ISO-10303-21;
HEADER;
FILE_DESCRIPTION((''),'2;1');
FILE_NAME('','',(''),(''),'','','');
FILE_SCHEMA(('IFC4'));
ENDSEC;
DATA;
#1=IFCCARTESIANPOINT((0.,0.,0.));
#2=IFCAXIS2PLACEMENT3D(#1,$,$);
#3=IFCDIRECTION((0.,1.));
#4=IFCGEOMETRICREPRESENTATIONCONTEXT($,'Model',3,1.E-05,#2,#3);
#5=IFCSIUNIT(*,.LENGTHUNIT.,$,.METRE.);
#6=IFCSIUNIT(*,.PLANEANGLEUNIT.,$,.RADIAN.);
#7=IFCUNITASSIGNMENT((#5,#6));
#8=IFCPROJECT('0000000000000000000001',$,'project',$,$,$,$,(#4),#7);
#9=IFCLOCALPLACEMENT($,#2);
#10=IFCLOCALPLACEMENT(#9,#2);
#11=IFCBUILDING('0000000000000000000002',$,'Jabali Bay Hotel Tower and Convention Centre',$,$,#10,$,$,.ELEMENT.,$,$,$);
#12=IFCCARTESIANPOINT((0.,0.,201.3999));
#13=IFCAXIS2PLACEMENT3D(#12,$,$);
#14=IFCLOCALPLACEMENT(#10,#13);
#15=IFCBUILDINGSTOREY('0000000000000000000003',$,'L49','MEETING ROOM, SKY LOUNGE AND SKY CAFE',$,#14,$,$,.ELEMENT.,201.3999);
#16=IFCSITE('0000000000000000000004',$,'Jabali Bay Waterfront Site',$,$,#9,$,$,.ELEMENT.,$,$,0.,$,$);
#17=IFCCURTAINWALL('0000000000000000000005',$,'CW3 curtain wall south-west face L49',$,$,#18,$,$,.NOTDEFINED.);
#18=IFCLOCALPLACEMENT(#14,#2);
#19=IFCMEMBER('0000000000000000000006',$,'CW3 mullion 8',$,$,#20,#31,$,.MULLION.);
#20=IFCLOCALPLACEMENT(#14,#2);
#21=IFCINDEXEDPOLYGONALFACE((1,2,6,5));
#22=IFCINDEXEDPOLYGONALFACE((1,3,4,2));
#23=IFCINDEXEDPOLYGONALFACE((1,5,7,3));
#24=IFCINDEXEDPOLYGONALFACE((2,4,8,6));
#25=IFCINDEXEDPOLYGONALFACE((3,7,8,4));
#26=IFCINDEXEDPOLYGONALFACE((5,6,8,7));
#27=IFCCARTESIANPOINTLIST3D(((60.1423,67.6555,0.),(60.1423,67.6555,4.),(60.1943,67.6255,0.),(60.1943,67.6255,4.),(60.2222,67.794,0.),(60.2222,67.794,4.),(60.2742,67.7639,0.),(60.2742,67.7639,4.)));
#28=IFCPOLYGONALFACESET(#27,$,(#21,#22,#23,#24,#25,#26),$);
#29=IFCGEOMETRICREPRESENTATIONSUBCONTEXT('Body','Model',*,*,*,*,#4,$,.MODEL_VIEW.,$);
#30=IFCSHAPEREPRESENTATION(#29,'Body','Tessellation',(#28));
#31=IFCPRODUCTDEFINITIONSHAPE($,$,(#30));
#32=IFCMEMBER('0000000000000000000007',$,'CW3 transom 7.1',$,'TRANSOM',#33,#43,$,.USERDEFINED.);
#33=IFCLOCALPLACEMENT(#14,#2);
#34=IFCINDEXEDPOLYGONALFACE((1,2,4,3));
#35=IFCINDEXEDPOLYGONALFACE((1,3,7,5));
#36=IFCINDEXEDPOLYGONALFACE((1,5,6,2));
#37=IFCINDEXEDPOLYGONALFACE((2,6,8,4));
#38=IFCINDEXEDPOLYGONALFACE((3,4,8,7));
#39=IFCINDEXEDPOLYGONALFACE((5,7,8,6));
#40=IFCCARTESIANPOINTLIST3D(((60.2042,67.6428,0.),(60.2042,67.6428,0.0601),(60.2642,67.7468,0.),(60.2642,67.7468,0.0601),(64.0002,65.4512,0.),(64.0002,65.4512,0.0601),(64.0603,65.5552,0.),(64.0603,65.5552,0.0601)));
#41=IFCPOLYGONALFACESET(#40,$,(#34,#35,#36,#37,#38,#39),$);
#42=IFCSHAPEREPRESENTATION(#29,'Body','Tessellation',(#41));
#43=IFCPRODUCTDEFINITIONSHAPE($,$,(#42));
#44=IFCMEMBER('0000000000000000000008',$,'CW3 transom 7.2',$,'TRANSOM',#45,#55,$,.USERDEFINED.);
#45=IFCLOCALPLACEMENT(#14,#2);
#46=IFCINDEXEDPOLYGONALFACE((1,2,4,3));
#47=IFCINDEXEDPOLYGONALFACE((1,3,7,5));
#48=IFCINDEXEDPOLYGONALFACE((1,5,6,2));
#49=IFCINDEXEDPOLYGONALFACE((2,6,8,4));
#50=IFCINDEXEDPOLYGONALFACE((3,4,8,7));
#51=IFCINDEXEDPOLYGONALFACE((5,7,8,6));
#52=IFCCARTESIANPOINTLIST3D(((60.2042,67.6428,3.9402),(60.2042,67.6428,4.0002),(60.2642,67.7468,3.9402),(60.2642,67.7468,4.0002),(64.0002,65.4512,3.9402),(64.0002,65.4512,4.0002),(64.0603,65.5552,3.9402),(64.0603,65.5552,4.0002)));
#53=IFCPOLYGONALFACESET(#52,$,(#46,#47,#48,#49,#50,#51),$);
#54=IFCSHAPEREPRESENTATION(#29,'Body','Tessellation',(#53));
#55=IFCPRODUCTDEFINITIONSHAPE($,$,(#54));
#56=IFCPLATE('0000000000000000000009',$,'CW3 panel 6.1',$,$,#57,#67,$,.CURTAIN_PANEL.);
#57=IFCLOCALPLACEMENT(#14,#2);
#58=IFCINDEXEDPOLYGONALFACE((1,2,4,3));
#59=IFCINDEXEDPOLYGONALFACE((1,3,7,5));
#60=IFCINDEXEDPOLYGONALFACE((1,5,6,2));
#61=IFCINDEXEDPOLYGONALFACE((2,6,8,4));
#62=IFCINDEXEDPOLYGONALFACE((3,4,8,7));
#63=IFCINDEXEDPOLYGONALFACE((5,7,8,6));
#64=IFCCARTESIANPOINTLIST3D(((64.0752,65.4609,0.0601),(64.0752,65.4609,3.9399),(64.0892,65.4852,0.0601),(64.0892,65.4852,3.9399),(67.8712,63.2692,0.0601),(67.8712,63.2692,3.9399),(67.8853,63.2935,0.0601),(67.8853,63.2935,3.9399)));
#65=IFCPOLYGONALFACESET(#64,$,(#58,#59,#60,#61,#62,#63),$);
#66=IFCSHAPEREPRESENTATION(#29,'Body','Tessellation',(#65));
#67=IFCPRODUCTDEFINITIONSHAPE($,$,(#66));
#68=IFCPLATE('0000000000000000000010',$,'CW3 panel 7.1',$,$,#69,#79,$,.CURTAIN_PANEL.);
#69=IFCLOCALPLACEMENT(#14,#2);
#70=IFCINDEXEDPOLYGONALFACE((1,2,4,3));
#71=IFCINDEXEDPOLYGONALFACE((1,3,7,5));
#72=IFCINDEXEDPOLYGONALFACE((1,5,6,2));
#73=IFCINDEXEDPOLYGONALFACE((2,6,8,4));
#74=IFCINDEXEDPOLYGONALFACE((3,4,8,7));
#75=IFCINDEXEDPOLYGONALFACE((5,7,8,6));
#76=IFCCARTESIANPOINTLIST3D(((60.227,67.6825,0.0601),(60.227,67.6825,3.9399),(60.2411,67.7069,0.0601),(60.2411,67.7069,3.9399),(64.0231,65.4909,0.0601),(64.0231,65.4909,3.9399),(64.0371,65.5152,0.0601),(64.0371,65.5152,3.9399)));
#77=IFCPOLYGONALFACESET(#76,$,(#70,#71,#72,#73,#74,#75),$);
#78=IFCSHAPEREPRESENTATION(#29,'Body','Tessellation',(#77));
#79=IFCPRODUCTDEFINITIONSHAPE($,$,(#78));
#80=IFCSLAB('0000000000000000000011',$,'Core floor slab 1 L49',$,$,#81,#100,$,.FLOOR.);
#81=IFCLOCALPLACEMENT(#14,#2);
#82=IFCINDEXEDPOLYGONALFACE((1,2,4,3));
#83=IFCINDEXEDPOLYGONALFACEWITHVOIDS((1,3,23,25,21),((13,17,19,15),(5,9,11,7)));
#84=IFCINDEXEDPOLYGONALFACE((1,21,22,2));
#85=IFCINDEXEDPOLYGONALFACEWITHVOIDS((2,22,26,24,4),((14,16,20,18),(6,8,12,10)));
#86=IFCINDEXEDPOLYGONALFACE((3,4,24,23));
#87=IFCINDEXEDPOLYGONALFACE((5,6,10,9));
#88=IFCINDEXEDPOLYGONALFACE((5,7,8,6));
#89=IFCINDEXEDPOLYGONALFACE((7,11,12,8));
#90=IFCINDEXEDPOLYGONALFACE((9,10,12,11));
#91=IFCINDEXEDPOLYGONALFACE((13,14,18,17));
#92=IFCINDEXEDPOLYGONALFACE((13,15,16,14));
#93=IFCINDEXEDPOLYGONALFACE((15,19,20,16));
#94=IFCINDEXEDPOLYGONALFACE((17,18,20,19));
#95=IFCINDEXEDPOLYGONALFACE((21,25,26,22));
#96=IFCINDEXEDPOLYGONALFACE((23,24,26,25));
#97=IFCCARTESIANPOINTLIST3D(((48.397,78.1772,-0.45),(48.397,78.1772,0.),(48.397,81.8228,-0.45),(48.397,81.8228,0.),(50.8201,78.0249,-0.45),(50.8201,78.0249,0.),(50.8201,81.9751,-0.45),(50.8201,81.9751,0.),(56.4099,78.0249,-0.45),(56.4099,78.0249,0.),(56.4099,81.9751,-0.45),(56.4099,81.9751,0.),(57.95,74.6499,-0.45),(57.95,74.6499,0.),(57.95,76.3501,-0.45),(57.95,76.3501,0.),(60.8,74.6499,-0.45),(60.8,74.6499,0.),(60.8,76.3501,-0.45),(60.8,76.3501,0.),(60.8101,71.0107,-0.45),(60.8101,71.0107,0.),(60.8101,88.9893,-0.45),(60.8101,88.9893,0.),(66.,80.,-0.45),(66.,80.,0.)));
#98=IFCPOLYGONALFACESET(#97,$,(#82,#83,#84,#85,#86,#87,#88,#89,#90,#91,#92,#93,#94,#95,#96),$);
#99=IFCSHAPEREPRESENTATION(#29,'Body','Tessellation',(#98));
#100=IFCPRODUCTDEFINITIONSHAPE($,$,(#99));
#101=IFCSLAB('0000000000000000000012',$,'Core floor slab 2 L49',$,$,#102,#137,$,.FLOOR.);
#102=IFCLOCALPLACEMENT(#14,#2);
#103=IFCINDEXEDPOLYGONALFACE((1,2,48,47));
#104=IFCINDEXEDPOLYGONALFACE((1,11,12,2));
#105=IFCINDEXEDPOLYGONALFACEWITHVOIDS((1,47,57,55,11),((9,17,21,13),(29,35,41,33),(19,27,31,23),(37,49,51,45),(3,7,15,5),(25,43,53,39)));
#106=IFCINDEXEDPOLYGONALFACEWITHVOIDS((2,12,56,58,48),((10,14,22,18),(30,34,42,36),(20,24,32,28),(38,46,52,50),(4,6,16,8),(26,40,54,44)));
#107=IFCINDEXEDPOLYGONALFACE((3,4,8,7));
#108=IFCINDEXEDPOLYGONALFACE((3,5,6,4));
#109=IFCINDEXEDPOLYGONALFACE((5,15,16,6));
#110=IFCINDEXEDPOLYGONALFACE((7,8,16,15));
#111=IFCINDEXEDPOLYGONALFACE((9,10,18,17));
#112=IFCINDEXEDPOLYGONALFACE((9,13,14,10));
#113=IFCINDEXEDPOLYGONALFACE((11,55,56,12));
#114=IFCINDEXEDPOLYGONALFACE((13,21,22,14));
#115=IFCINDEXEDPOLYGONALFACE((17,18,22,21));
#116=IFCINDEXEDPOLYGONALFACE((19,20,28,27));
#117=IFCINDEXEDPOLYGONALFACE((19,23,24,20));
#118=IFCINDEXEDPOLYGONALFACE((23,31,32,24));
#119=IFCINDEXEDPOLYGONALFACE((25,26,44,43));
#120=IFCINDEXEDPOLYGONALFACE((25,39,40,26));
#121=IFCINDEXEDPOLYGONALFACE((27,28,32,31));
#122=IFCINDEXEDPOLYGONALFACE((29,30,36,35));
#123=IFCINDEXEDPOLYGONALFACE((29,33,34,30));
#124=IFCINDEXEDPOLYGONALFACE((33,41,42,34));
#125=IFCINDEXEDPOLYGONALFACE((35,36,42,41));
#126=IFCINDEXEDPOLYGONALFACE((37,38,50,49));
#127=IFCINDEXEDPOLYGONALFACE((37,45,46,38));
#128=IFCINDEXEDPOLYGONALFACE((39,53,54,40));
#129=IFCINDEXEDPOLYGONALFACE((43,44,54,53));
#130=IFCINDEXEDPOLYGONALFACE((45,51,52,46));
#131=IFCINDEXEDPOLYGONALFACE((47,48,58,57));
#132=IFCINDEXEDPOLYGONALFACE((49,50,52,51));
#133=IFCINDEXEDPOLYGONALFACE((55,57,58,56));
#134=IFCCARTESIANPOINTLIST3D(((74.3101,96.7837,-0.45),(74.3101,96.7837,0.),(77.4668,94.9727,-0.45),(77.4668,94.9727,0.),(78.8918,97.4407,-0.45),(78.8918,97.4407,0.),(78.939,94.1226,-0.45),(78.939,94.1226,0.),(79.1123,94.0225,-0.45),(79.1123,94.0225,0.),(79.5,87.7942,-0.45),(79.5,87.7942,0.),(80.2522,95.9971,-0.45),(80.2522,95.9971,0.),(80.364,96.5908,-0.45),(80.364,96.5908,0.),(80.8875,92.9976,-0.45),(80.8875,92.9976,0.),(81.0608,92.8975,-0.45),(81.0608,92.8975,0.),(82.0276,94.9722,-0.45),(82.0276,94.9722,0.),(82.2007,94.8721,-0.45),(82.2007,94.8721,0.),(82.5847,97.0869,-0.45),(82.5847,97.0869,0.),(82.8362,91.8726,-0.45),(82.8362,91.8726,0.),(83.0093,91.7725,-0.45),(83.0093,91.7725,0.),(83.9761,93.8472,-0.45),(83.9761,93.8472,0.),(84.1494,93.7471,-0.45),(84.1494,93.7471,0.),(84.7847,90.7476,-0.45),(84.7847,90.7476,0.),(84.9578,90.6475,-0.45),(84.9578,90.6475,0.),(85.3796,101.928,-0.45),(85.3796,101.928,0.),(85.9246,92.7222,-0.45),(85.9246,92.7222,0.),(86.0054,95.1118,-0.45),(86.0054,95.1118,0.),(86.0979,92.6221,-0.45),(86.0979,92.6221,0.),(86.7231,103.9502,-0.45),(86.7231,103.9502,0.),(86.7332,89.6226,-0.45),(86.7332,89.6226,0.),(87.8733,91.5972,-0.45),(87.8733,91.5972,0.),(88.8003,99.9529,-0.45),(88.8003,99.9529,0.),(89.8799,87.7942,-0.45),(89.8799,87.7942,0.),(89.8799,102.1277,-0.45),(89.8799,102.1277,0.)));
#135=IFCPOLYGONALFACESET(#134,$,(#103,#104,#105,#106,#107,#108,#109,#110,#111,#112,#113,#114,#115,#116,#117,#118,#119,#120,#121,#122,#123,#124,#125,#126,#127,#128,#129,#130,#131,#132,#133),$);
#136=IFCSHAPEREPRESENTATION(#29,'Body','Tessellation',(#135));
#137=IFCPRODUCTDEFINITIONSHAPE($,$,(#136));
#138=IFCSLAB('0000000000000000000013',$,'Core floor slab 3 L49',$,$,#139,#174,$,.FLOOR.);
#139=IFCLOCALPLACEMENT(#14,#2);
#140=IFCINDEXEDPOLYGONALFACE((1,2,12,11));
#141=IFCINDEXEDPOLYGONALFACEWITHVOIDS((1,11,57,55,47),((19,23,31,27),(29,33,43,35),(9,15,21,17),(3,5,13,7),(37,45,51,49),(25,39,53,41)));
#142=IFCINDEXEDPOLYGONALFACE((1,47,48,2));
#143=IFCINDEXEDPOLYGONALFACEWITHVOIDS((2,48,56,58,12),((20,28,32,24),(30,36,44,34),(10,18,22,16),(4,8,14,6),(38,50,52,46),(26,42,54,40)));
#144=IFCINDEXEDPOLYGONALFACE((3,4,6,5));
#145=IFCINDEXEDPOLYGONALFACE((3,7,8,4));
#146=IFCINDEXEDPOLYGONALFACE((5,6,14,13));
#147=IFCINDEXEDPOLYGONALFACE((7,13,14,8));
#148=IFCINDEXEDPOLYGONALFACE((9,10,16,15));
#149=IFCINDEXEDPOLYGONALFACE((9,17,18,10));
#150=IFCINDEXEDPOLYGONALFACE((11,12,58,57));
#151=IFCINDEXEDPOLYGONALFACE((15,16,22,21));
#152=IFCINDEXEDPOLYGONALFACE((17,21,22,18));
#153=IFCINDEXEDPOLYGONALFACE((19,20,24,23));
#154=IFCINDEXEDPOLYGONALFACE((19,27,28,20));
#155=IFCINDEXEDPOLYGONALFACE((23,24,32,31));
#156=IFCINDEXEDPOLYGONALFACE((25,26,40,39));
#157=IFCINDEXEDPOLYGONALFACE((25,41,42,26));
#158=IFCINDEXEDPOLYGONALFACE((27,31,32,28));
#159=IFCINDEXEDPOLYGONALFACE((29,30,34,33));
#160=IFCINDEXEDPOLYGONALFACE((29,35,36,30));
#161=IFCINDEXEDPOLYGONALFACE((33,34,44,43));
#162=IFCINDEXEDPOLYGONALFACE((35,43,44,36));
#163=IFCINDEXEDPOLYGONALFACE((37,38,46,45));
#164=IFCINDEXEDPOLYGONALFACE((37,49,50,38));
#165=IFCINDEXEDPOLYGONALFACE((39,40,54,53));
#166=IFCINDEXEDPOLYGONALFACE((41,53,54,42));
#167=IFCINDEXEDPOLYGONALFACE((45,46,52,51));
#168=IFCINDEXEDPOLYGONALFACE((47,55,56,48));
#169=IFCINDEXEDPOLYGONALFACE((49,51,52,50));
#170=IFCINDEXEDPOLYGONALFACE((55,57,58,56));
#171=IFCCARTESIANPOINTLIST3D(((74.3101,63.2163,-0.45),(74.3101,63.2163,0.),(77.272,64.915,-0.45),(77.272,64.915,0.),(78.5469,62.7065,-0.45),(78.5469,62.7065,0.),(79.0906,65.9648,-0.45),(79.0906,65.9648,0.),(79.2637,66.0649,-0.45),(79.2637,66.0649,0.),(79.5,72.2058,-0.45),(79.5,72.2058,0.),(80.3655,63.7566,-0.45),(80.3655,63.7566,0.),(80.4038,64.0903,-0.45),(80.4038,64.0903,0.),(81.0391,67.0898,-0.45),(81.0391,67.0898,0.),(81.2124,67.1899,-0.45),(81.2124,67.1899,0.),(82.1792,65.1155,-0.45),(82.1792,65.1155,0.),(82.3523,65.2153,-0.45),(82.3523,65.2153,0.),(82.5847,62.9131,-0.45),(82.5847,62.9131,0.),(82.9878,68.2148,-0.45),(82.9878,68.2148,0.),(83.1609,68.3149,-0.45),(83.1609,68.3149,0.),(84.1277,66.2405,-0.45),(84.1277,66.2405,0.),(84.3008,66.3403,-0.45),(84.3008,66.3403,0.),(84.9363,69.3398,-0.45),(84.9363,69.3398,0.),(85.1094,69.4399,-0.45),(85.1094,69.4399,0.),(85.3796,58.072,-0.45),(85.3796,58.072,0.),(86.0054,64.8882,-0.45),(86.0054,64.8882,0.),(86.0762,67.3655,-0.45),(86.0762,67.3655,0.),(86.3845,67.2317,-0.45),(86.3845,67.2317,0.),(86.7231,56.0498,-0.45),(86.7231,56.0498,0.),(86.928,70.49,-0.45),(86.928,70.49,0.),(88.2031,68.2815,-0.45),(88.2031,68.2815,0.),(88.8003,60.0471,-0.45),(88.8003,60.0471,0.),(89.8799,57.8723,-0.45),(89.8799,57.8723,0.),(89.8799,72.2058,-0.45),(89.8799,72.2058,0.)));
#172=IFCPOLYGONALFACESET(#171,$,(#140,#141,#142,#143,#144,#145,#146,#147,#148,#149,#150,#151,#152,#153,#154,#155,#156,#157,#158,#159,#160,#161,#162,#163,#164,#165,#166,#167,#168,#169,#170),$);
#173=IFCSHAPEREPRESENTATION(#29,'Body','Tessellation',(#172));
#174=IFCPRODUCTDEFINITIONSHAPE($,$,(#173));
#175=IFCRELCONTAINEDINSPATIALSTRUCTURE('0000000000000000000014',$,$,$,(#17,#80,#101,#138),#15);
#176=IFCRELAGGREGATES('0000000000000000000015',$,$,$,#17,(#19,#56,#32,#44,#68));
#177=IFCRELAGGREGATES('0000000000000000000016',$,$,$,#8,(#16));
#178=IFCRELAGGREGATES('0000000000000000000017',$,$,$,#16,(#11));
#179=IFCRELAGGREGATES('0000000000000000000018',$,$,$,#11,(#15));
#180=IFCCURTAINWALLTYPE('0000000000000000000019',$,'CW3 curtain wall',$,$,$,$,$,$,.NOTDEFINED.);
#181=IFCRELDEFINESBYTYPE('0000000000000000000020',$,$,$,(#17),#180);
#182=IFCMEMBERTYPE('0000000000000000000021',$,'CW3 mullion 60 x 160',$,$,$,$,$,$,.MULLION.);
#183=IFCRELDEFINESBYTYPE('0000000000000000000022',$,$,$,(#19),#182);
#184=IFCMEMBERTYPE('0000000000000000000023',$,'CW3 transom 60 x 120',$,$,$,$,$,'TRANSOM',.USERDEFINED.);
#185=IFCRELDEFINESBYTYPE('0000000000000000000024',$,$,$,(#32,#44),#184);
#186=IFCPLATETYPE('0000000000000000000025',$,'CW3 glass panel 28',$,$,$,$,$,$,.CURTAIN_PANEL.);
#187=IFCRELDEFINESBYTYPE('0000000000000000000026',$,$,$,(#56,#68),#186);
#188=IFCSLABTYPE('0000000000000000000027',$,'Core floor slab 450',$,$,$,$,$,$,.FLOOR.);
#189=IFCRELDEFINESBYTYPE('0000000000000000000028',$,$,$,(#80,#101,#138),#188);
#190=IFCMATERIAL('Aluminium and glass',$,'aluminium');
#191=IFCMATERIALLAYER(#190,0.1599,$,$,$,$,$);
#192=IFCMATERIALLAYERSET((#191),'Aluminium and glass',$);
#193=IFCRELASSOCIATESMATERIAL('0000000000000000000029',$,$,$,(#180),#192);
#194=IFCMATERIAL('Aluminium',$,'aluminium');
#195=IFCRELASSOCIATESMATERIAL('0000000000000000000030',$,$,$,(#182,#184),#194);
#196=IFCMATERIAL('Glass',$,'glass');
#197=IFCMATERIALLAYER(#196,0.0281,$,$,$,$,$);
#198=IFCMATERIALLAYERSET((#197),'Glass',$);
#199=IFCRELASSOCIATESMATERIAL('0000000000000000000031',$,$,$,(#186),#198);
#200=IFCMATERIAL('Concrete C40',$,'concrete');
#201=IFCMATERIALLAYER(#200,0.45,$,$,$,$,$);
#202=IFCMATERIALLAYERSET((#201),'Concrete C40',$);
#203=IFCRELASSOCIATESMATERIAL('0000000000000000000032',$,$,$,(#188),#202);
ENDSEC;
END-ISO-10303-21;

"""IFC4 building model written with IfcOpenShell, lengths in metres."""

from ifc_helpers import new_model, si_unit, direction, frame, origin, origin_2d, place, context, subcontext, project, spatial, polyline, rectangle, outline, extrude, material, layer, layer_set, material_profile, profile_set, type_object, element, aggregate, save


model = new_model("IFC4")

# Units and contexts
model_context = context("Model", 3, precision=1e-05, world=origin(), true_north=direction((0.0, 1.0)))
body_context = subcontext(model_context, "Body", "Model", "MODEL_VIEW")
ifc_project = project(units=[si_unit("LENGTHUNIT", "METRE"), si_unit("PLANEANGLEUNIT", "RADIAN")], contexts=[model_context])

# Site, building, storey
site_placement = place(None, origin())
site = spatial("IfcSite", under=ifc_project, at=site_placement, Name="Jabali Bay Waterfront Site", CompositionType="ELEMENT", RefElevation=0.0)
building_placement = place(site_placement, origin())
building = spatial("IfcBuilding", under=site, at=building_placement, Name="Jabali Bay Hotel Tower and Convention Centre", CompositionType="ELEMENT")
storey_placement = place(building_placement, frame((0.0, 0.0, 201.3999)))
storey = spatial("IfcBuildingStorey", under=building, at=storey_placement, Name="L49", Description="MEETING ROOM, SKY LOUNGE AND SKY CAFE", CompositionType="ELEMENT", Elevation=201.3999)

# Curtain wall, members, plates
ifc_material_1 = material(Name="Aluminium and glass", Category="aluminium")
ifc_layer_1 = layer(ifc_material_1, 0.1599)
ifc_layer_set_1 = layer_set([ifc_layer_1], Name="Aluminium and glass")
curtain_wall_type = type_object("IfcCurtainWallType", Name="CW3 curtain wall", PredefinedType="NOTDEFINED", material=ifc_layer_set_1)
curtain_wall_placement = place(storey_placement, origin())
curtain_wall = element("IfcCurtainWall", 1, at=curtain_wall_placement, inside=storey, type_object=curtain_wall_type, Name="CW3 curtain wall south-west face L49", PredefinedType="NOTDEFINED")
ifc_material_2 = material(Name="Aluminium", Category="aluminium")
ifc_material_profile_1 = material_profile(ifc_material_2, rectangle(XDim=0.1599, YDim=0.0601, at=origin_2d()), Name="CW3 mullion 60 x 160")
ifc_profile_set_1 = profile_set([ifc_material_profile_1], Name="Aluminium")
member_type_1 = type_object("IfcMemberType", Name="CW3 mullion 60 x 160", PredefinedType="MULLION", material=ifc_profile_set_1)
member_1_placement = place(storey_placement, frame((60.2083, 67.7097, 0.0), z_axis=(0.0, 0.0, 1.0), x_axis=(-0.5, -0.866025, 0.0)))
member_1 = element("IfcMember", 2, at=member_1_placement, type_object=member_type_1, Name="CW3 mullion 8", PredefinedType="MULLION", context=body_context, shape_type="SweptSolid", body=[
    extrude(rectangle(XDim=0.1599, YDim=0.0601, at=origin_2d()), origin(), (0.0, 0.0, 1.0), 4.0),
])
ifc_material_profile_2 = material_profile(ifc_material_2, rectangle(XDim=0.1201, YDim=0.0601, at=origin_2d()), Name="CW3 transom 60 x 120")
ifc_profile_set_2 = profile_set([ifc_material_profile_2], Name="Aluminium")
member_type_2 = type_object("IfcMemberType", Name="CW3 transom 60 x 120", ElementType="TRANSOM", PredefinedType="USERDEFINED", material=ifc_profile_set_2)
member_2_placement = place(storey_placement, frame((64.0303, 65.5032, 0.03), z_axis=(-0.866031, 0.499991, 0.0), x_axis=(-0.499991, -0.866031, 0.0)))
member_2 = element("IfcMember", 3, at=member_2_placement, type_object=member_type_2, Name="CW3 transom 7.1", ObjectType="TRANSOM", PredefinedType="USERDEFINED", context=body_context, shape_type="SweptSolid", body=[
    extrude(rectangle(XDim=0.1201, YDim=0.0601, at=origin_2d()), origin(), (0.0, 0.0, 1.0), 4.3833),
])
member_3_placement = place(storey_placement, frame((64.0303, 65.5032, 3.9702), z_axis=(-0.866031, 0.499991, 0.0), x_axis=(-0.499991, -0.866031, 0.0)))
member_3 = element("IfcMember", 4, at=member_3_placement, type_object=member_type_2, Name="CW3 transom 7.2", ObjectType="TRANSOM", PredefinedType="USERDEFINED", context=body_context, shape_type="SweptSolid", body=[
    extrude(rectangle(XDim=0.1201, YDim=0.0601, at=origin_2d()), origin(), (0.0, 0.0, 1.0), 4.3833),
])
ifc_material_3 = material(Name="Glass", Category="glass")
ifc_layer_2 = layer(ifc_material_3, 0.0281)
ifc_layer_set_2 = layer_set([ifc_layer_2], Name="Glass")
plate_type = type_object("IfcPlateType", Name="CW3 glass panel 28", PredefinedType="CURTAIN_PANEL", material=ifc_layer_set_2)
plate_1_placement = place(storey_placement, frame((65.9802, 64.3772, 0.0601), z_axis=(0.0, 0.0, 1.0), x_axis=(-0.866025, 0.5, 0.0)))
plate_1 = element("IfcPlate", 5, at=plate_1_placement, type_object=plate_type, Name="CW3 panel 6.1", PredefinedType="CURTAIN_PANEL", context=body_context, shape_type="SweptSolid", body=[
    extrude(rectangle(XDim=4.3833, YDim=0.0281, at=origin_2d()), origin(), (0.0, 0.0, 1.0), 3.8799),
])
plate_2_placement = place(storey_placement, frame((62.1321, 66.5989, 0.0601), z_axis=(0.0, 0.0, 1.0), x_axis=(-0.866025, 0.5, 0.0)))
plate_2 = element("IfcPlate", 6, at=plate_2_placement, type_object=plate_type, Name="CW3 panel 7.1", PredefinedType="CURTAIN_PANEL", context=body_context, shape_type="SweptSolid", body=[
    extrude(rectangle(XDim=4.3833, YDim=0.0281, at=origin_2d()), origin(), (0.0, 0.0, 1.0), 3.8799),
])
aggregate(curtain_wall, [member_1, plate_1, member_2, member_3, plate_2])

# Slabs
ifc_material_4 = material(Name="Concrete C40", Category="concrete")
ifc_layer_3 = layer(ifc_material_4, 0.45)
ifc_layer_set_3 = layer_set([ifc_layer_3], Name="Concrete C40")
slab_type_1 = type_object("IfcSlabType", Name="Core floor slab 450", PredefinedType="FLOOR", material=ifc_layer_set_3)
slab_1_placement = place(storey_placement, frame((0.0, 0.0, -0.45)))
element("IfcSlab", 7, at=slab_1_placement, inside=storey, type_object=slab_type_1, Name="Core floor slab 1 L49", PredefinedType="FLOOR", context=body_context, shape_type="SweptSolid", body=[
    extrude(outline(polyline([(66.0, 80.0), (60.8101, 88.9893), (48.397, 81.8228), (48.397, 78.1772), (60.8101, 71.0107), (66.0, 80.0)]), holes=[polyline([(60.8, 76.3501), (57.95, 76.3501), (57.95, 74.6499), (60.8, 74.6499), (60.8, 76.3501)]), polyline([(50.8201, 81.9751), (50.8201, 78.0249), (56.4099, 78.0249), (56.4099, 81.9751), (50.8201, 81.9751)])]), origin(), (0.0, 0.0, 1.0), 0.45),
])
slab_2_placement = place(storey_placement, frame((0.0, 0.0, -0.45)))
element("IfcSlab", 8, at=slab_2_placement, inside=storey, type_object=slab_type_1, Name="Core floor slab 2 L49", PredefinedType="FLOOR", context=body_context, shape_type="SweptSolid", body=[
    extrude(outline(polyline([(79.5, 87.7942), (89.8799, 87.7942), (89.8799, 102.1277), (86.7231, 103.9502), (74.3101, 96.7837), (79.5, 87.7942)]), holes=[polyline([(84.9578, 90.6475), (86.7332, 89.6226), (87.8733, 91.5972), (86.0979, 92.6221), (84.9578, 90.6475)]), polyline([(84.1494, 93.7471), (83.0093, 91.7725), (84.7847, 90.7476), (85.9246, 92.7222), (84.1494, 93.7471)]), polyline([(82.2007, 94.8721), (81.0608, 92.8975), (82.8362, 91.8726), (83.9761, 93.8472), (82.2007, 94.8721)]), polyline([(79.1123, 94.0225), (80.8875, 92.9976), (82.0276, 94.9722), (80.2522, 95.9971), (79.1123, 94.0225)]), polyline([(78.8918, 97.4407), (77.4668, 94.9727), (78.939, 94.1226), (80.364, 96.5908), (78.8918, 97.4407)]), polyline([(82.5847, 97.0869), (86.0054, 95.1118), (88.8003, 99.9529), (85.3796, 101.928), (82.5847, 97.0869)])]), origin(), (0.0, 0.0, 1.0), 0.45),
])
slab_3_placement = place(storey_placement, frame((0.0, 0.0, -0.45)))
element("IfcSlab", 9, at=slab_3_placement, inside=storey, type_object=slab_type_1, Name="Core floor slab 3 L49", PredefinedType="FLOOR", context=body_context, shape_type="SweptSolid", body=[
    extrude(outline(polyline([(79.5, 72.2058), (74.3101, 63.2163), (86.7231, 56.0498), (89.8799, 57.8723), (89.8799, 72.2058), (79.5, 72.2058)]), holes=[polyline([(82.5847, 62.9131), (85.3796, 58.072), (88.8003, 60.0471), (86.0054, 64.8882), (82.5847, 62.9131)]), polyline([(80.3655, 63.7566), (79.0906, 65.9648), (77.272, 64.915), (78.5469, 62.7065), (80.3655, 63.7566)]), polyline([(82.1792, 65.1155), (81.0391, 67.0898), (79.2637, 66.0649), (80.4038, 64.0903), (82.1792, 65.1155)]), polyline([(82.9878, 68.2148), (81.2124, 67.1899), (82.3523, 65.2153), (84.1277, 66.2405), (82.9878, 68.2148)]), polyline([(86.0762, 67.3655), (84.9363, 69.3398), (83.1609, 68.3149), (84.3008, 66.3403), (86.0762, 67.3655)]), polyline([(88.2031, 68.2815), (86.928, 70.49), (85.1094, 69.4399), (86.3845, 67.2317), (88.2031, 68.2815)])]), origin(), (0.0, 0.0, 1.0), 0.45),
])

save(model, "model.ifc")
